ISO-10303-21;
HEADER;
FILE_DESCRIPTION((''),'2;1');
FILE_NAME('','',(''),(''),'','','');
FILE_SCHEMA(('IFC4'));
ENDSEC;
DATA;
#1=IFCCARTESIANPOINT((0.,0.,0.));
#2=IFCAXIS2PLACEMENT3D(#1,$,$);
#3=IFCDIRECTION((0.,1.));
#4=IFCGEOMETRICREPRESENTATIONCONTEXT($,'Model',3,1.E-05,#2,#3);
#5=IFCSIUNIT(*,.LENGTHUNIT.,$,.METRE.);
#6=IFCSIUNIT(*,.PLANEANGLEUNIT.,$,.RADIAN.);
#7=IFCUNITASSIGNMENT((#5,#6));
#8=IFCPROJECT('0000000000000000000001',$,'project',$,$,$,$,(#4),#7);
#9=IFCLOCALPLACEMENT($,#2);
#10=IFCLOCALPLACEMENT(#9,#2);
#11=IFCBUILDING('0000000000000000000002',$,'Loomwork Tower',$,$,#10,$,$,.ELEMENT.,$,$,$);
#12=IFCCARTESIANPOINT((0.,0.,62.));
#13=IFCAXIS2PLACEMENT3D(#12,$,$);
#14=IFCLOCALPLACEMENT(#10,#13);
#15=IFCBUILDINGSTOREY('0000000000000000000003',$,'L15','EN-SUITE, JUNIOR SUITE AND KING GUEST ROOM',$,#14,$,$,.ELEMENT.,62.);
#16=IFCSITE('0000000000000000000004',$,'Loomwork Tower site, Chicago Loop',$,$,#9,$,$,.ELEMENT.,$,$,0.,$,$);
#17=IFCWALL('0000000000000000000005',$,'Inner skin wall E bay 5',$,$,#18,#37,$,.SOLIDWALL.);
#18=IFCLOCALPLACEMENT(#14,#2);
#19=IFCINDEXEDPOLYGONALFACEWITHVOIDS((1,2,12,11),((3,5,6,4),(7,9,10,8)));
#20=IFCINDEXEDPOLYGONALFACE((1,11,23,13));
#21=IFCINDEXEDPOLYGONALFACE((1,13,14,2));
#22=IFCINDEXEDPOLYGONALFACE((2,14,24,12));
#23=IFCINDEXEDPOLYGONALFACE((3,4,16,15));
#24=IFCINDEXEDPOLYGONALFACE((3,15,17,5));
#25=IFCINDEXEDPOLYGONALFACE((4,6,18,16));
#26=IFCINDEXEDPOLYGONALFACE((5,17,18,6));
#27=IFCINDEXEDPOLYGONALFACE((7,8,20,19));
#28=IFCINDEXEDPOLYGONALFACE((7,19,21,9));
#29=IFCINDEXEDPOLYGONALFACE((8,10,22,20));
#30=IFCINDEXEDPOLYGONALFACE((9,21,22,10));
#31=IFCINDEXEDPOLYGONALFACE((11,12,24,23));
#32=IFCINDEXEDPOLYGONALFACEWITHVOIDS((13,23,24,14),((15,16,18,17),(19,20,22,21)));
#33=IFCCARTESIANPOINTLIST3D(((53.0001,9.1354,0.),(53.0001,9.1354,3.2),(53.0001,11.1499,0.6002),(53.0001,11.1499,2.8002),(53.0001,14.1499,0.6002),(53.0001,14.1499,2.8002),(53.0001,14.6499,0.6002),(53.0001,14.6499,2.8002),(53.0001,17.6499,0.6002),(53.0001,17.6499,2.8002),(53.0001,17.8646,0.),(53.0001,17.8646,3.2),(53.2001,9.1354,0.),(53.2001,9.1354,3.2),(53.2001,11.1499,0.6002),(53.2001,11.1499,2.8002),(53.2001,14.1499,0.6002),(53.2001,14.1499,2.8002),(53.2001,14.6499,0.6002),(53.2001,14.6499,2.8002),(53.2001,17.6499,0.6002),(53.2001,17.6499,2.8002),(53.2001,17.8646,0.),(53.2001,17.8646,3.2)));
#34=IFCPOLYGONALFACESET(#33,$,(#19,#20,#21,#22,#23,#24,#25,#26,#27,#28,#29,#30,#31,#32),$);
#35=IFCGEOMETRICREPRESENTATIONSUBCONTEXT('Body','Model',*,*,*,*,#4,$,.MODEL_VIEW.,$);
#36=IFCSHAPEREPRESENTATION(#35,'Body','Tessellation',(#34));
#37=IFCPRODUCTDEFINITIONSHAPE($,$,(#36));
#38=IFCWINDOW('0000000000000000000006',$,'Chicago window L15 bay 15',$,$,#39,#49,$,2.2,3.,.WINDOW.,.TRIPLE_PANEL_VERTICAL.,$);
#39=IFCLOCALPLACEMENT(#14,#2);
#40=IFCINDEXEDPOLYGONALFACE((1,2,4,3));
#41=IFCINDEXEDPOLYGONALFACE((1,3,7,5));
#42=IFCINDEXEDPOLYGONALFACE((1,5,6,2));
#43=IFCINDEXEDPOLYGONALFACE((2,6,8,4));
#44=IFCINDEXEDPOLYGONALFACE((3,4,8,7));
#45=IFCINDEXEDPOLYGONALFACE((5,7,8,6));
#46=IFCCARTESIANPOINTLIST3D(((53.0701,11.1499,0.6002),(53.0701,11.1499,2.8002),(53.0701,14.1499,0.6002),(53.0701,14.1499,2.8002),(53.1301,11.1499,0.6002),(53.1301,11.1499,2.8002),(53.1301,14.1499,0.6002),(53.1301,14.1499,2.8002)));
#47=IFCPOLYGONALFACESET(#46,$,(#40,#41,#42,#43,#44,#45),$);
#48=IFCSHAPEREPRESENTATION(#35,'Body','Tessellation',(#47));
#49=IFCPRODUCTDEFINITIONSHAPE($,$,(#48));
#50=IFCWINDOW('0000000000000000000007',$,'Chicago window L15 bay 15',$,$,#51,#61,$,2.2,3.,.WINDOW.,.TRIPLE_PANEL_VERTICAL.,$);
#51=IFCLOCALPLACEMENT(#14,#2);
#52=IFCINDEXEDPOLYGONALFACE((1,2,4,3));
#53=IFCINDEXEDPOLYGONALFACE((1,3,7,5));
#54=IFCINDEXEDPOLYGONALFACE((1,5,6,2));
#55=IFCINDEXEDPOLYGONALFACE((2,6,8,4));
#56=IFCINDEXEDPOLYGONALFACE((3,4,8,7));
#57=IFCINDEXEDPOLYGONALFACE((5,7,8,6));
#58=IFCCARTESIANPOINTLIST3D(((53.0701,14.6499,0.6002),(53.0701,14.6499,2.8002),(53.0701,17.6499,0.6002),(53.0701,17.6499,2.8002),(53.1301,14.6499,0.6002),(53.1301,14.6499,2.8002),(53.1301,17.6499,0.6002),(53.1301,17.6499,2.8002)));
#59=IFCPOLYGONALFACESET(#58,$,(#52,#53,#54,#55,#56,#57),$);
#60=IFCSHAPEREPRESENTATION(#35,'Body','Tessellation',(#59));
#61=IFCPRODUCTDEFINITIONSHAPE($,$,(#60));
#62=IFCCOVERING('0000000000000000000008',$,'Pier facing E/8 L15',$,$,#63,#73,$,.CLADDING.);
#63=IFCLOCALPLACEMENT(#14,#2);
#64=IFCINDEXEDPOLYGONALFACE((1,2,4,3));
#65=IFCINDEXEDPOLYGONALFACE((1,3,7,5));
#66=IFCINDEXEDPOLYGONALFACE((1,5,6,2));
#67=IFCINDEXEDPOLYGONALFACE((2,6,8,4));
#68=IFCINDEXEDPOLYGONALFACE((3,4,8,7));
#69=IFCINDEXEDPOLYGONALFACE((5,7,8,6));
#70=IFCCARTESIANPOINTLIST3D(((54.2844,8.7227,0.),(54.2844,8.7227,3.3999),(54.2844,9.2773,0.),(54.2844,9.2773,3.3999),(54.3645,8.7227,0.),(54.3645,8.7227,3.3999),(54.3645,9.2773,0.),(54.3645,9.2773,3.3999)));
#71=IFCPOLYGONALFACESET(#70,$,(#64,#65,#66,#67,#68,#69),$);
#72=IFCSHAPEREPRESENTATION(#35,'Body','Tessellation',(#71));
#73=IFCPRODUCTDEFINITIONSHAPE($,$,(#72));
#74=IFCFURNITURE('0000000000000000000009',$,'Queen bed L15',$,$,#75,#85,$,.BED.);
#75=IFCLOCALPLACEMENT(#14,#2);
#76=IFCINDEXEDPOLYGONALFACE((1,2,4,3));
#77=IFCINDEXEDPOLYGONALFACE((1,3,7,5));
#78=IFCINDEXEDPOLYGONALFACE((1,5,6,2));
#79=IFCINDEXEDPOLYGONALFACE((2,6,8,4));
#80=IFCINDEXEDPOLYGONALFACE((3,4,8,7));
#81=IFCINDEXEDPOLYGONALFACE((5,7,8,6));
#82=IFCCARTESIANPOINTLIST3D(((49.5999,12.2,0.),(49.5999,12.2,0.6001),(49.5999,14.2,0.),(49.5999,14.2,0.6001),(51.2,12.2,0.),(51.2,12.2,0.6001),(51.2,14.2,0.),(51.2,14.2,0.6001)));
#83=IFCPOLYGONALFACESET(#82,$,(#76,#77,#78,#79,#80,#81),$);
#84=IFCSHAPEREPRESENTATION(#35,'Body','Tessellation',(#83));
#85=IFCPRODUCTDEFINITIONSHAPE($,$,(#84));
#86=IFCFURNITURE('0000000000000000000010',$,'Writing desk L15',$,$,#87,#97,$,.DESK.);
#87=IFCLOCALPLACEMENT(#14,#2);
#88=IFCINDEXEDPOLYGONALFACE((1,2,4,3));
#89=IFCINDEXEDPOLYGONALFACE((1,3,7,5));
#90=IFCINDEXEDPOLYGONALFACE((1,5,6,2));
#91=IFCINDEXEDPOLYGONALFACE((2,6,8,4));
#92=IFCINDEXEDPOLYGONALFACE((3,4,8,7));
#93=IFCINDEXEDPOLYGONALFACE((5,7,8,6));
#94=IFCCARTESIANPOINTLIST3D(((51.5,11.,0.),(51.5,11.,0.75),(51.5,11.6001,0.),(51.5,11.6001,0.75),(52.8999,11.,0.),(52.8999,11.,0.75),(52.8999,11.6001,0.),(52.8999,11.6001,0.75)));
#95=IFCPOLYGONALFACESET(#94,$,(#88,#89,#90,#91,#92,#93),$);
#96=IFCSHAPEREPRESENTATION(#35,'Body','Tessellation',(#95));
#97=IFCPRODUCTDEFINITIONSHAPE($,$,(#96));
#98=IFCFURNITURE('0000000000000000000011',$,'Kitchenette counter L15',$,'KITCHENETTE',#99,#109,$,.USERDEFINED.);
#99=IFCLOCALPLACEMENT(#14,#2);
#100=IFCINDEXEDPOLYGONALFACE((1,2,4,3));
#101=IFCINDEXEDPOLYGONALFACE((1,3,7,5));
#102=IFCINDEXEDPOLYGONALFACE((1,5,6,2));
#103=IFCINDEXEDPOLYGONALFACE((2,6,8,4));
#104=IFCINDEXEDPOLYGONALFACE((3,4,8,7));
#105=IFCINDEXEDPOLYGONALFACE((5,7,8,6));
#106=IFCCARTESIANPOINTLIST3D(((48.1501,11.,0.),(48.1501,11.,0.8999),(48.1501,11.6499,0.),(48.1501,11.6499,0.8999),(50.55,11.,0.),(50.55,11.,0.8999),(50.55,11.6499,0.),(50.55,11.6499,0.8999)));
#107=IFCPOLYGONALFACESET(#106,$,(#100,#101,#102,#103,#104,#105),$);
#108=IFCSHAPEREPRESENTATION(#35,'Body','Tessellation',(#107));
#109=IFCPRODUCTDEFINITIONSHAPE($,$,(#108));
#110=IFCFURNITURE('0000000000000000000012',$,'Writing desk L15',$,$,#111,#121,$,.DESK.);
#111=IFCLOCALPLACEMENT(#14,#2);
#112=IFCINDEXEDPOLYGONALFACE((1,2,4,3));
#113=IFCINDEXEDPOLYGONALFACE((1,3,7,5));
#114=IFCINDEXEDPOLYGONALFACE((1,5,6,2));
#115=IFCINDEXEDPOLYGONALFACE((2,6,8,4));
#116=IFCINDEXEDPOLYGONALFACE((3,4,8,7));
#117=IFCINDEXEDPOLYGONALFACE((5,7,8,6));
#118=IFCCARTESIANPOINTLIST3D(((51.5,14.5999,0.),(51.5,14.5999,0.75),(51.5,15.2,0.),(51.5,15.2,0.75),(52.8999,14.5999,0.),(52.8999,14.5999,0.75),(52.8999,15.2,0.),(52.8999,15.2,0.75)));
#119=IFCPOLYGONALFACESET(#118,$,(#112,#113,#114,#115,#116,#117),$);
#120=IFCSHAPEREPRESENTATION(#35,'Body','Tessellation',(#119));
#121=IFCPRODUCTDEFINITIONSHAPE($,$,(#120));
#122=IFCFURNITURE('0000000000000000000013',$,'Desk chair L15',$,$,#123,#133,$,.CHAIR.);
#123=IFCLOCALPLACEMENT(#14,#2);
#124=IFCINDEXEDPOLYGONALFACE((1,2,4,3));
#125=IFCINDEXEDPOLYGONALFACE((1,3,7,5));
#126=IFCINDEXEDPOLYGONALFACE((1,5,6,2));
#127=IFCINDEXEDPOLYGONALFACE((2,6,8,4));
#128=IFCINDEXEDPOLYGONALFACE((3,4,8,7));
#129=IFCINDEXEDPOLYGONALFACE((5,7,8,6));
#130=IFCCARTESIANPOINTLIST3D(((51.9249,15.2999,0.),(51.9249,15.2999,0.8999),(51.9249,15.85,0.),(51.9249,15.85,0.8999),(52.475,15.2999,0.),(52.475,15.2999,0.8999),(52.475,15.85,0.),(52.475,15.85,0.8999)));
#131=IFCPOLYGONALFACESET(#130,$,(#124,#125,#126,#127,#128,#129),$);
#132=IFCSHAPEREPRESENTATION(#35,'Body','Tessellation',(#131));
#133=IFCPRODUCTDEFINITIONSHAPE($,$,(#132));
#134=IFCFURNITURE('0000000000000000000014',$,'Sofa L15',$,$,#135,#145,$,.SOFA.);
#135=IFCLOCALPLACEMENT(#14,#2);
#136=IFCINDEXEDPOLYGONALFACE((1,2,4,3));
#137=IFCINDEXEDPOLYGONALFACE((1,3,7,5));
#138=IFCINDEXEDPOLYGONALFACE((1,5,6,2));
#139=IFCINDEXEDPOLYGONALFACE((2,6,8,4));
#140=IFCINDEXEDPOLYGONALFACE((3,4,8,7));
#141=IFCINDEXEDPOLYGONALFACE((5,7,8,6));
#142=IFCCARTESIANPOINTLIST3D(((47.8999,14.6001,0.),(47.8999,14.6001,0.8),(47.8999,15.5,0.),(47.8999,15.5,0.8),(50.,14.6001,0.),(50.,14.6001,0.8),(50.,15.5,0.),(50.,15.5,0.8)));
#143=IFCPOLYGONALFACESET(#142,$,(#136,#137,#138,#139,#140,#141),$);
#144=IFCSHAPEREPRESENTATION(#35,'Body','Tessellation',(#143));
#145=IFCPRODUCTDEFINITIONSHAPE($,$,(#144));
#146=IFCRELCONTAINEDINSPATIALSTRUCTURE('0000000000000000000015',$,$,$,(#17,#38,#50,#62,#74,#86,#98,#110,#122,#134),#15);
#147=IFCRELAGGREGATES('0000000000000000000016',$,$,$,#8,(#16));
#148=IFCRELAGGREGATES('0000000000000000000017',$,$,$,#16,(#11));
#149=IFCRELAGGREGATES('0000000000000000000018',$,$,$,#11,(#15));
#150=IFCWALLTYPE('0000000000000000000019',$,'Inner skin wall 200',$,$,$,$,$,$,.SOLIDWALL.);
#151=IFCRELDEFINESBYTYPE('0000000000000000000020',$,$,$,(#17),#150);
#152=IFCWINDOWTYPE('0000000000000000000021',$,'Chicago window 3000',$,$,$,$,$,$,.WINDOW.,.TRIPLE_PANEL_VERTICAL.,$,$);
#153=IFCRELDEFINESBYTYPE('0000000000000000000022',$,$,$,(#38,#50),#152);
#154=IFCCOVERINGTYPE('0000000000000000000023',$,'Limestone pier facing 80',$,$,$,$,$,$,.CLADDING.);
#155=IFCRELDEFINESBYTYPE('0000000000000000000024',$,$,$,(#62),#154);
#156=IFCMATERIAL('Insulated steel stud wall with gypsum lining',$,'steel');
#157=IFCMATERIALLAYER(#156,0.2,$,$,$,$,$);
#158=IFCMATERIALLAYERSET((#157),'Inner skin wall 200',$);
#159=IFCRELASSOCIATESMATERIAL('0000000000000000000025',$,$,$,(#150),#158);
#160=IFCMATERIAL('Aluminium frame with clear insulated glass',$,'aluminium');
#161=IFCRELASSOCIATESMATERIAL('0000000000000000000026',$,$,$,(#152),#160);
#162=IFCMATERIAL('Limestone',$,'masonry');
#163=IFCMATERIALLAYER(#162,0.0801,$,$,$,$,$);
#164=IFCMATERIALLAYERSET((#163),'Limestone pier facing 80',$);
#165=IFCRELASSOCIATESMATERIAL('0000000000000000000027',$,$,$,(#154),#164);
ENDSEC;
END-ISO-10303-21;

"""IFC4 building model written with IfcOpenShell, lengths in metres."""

from ifc_helpers import new_model, si_unit, direction, frame, frame_2d, origin, origin_2d, place, context, subcontext, project, spatial, rectangle, extrude, material, layer, layer_set, type_object, element, fill, save


model = new_model("IFC4")

# Units and contexts
model_context = context("Model", 3, precision=1e-05, world=origin(), true_north=direction((0.0, 1.0)))
body_context = subcontext(model_context, "Body", "Model", "MODEL_VIEW")
ifc_project = project(units=[si_unit("LENGTHUNIT", "METRE"), si_unit("PLANEANGLEUNIT", "RADIAN")], contexts=[model_context])

# Site, building, storey
site_placement = place(None, origin())
site = spatial("IfcSite", under=ifc_project, at=site_placement, Name="Loomwork Tower site, Chicago Loop", CompositionType="ELEMENT", RefElevation=0.0)
building_placement = place(site_placement, origin())
building = spatial("IfcBuilding", under=site, at=building_placement, Name="Loomwork Tower", CompositionType="ELEMENT")
storey_placement = place(building_placement, frame((0.0, 0.0, 62.0)))
storey = spatial("IfcBuildingStorey", under=building, at=storey_placement, Name="L15", Description="EN-SUITE, JUNIOR SUITE AND KING GUEST ROOM", CompositionType="ELEMENT", Elevation=62.0)

# Shared definitions
ifc_material_1 = material(Name="Insulated steel stud wall with gypsum lining", Category="steel")
ifc_layer_1 = layer(ifc_material_1, 0.2)
ifc_layer_set_1 = layer_set([ifc_layer_1], Name="Inner skin wall 200")
wall_type = type_object("IfcWallType", Name="Inner skin wall 200", PredefinedType="SOLIDWALL", material=ifc_layer_set_1)

# Wall, openings, windows
wall_1_placement = place(storey_placement, frame((53.1001, 9.1353, 0.0), z_axis=(0.0, 0.0, 1.0), x_axis=(0.0, 1.0, 0.0)))
wall_1 = element("IfcWall", 1, at=wall_1_placement, inside=storey, type_object=wall_type, Name="Inner skin wall E bay 5", PredefinedType="SOLIDWALL", context=body_context, shape_type="SweptSolid", body=[
    extrude(rectangle(XDim=8.7292, YDim=0.2, at=frame_2d((4.3647, 0.0))), origin(), (0.0, 0.0, 1.0), 3.2),
])
opening_1_placement = place(wall_1_placement, frame((2.0146, 0.0, 0.6001)))
opening_1 = element("IfcOpeningElement", 2, at=opening_1_placement, cuts=wall_1, PredefinedType="OPENING", context=body_context, shape_type="SweptSolid", body=[
    extrude(rectangle(XDim=3.0, YDim=2.2, at=frame_2d((1.5, 1.1001))), frame((0.0, 0.1099, 0.0), z_axis=(0.0, -1.0, 0.0), x_axis=(1.0, 0.0, 0.0)), (0.0, 0.0, 1.0), 0.22),
])
opening_2_placement = place(wall_1_placement, frame((5.5146, 0.0, 0.6001)))
opening_2 = element("IfcOpeningElement", 3, at=opening_2_placement, cuts=wall_1, PredefinedType="OPENING", context=body_context, shape_type="SweptSolid", body=[
    extrude(rectangle(XDim=3.0, YDim=2.2, at=frame_2d((1.5, 1.1001))), frame((0.0, 0.1099, 0.0), z_axis=(0.0, -1.0, 0.0), x_axis=(1.0, 0.0, 0.0)), (0.0, 0.0, 1.0), 0.22),
])
ifc_material_2 = material(Name="Aluminium frame with clear insulated glass", Category="aluminium")
window_type = type_object("IfcWindowType", Name="Chicago window 3000", PartitioningType="TRIPLE_PANEL_VERTICAL", PredefinedType="WINDOW", material=ifc_material_2)
window_1_placement = place(opening_1_placement, origin())
window_1 = element("IfcWindow", 4, at=window_1_placement, inside=storey, type_object=window_type, Name="Chicago window L15 bay 15", OverallHeight=2.2, OverallWidth=3.0, PartitioningType="TRIPLE_PANEL_VERTICAL", PredefinedType="WINDOW", context=body_context, shape_type="SweptSolid", body=[
    extrude(rectangle(XDim=3.0, YDim=2.2, at=frame_2d((1.5, 1.1001))), frame((0.0, 0.03, 0.0), z_axis=(0.0, -1.0, 0.0), x_axis=(1.0, 0.0, 0.0)), (0.0, 0.0, 1.0), 0.0601),
])
fill(opening_1, window_1)
window_2_placement = place(opening_2_placement, origin())
window_2 = element("IfcWindow", 5, at=window_2_placement, inside=storey, type_object=window_type, Name="Chicago window L15 bay 15", OverallHeight=2.2, OverallWidth=3.0, PartitioningType="TRIPLE_PANEL_VERTICAL", PredefinedType="WINDOW", context=body_context, shape_type="SweptSolid", body=[
    extrude(rectangle(XDim=3.0, YDim=2.2, at=frame_2d((1.5, 1.1001))), frame((0.0, 0.03, 0.0), z_axis=(0.0, -1.0, 0.0), x_axis=(1.0, 0.0, 0.0)), (0.0, 0.0, 1.0), 0.0601),
])
fill(opening_2, window_2)

# Covering
ifc_material_3 = material(Name="Limestone", Category="masonry")
ifc_layer_2 = layer(ifc_material_3, 0.0801)
ifc_layer_set_2 = layer_set([ifc_layer_2], Name="Limestone pier facing 80")
covering_type = type_object("IfcCoveringType", Name="Limestone pier facing 80", PredefinedType="CLADDING", material=ifc_layer_set_2)
covering_placement = place(storey_placement, frame((54.3245, 9.0, 0.0), z_axis=(0.0, 0.0, 1.0), x_axis=(1.0, 0.0, 0.0)))
element("IfcCovering", 6, at=covering_placement, inside=storey, type_object=covering_type, Name="Pier facing E/8 L15", PredefinedType="CLADDING", context=body_context, shape_type="SweptSolid", body=[
    extrude(rectangle(XDim=0.0801, YDim=0.5547, at=origin_2d()), origin(), (0.0, 0.0, 1.0), 3.3999),
])

# Furniture
furniture_1_placement = place(storey_placement, frame((50.3999, 13.2, 0.0), z_axis=(0.0, 0.0, 1.0), x_axis=(1.0, 0.0, 0.0)))
element("IfcFurniture", 7, at=furniture_1_placement, inside=storey, Name="Queen bed L15", PredefinedType="BED", context=body_context, shape_type="SweptSolid", body=[
    extrude(rectangle(XDim=1.6001, YDim=2.0, at=origin_2d()), origin(), (0.0, 0.0, 1.0), 0.6001),
])
furniture_2_placement = place(storey_placement, frame((52.2, 11.3, 0.0), z_axis=(0.0, 0.0, 1.0), x_axis=(1.0, 0.0, 0.0)))
element("IfcFurniture", 8, at=furniture_2_placement, inside=storey, Name="Writing desk L15", PredefinedType="DESK", context=body_context, shape_type="SweptSolid", body=[
    extrude(rectangle(XDim=1.3999, YDim=0.6001, at=origin_2d()), origin(), (0.0, 0.0, 1.0), 0.75),
])
furniture_3_placement = place(storey_placement, frame((49.3501, 11.325, 0.0), z_axis=(0.0, 0.0, 1.0), x_axis=(1.0, 0.0, 0.0)))
element("IfcFurniture", 9, at=furniture_3_placement, inside=storey, Name="Kitchenette counter L15", ObjectType="KITCHENETTE", PredefinedType="USERDEFINED", context=body_context, shape_type="SweptSolid", body=[
    extrude(rectangle(XDim=2.3999, YDim=0.6499, at=origin_2d()), origin(), (0.0, 0.0, 1.0), 0.8999),
])
furniture_4_placement = place(storey_placement, frame((52.2, 14.8999, 0.0), z_axis=(0.0, 0.0, 1.0), x_axis=(1.0, 0.0, 0.0)))
element("IfcFurniture", 10, at=furniture_4_placement, inside=storey, Name="Writing desk L15", PredefinedType="DESK", context=body_context, shape_type="SweptSolid", body=[
    extrude(rectangle(XDim=1.3999, YDim=0.6001, at=origin_2d()), origin(), (0.0, 0.0, 1.0), 0.75),
])
furniture_5_placement = place(storey_placement, frame((52.2, 15.575, 0.0), z_axis=(0.0, 0.0, 1.0), x_axis=(1.0, 0.0, 0.0)))
element("IfcFurniture", 11, at=furniture_5_placement, inside=storey, Name="Desk chair L15", PredefinedType="CHAIR", context=body_context, shape_type="SweptSolid", body=[
    extrude(rectangle(XDim=0.55, YDim=0.55, at=origin_2d()), origin(), (0.0, 0.0, 1.0), 0.8999),
])
furniture_6_placement = place(storey_placement, frame((48.95, 15.05, 0.0), z_axis=(0.0, 0.0, 1.0), x_axis=(1.0, 0.0, 0.0)))
element("IfcFurniture", 12, at=furniture_6_placement, inside=storey, Name="Sofa L15", PredefinedType="SOFA", context=body_context, shape_type="SweptSolid", body=[
    extrude(rectangle(XDim=2.1001, YDim=0.8999, at=origin_2d()), origin(), (0.0, 0.0, 1.0), 0.8),
])

save(model, "model.ifc")
